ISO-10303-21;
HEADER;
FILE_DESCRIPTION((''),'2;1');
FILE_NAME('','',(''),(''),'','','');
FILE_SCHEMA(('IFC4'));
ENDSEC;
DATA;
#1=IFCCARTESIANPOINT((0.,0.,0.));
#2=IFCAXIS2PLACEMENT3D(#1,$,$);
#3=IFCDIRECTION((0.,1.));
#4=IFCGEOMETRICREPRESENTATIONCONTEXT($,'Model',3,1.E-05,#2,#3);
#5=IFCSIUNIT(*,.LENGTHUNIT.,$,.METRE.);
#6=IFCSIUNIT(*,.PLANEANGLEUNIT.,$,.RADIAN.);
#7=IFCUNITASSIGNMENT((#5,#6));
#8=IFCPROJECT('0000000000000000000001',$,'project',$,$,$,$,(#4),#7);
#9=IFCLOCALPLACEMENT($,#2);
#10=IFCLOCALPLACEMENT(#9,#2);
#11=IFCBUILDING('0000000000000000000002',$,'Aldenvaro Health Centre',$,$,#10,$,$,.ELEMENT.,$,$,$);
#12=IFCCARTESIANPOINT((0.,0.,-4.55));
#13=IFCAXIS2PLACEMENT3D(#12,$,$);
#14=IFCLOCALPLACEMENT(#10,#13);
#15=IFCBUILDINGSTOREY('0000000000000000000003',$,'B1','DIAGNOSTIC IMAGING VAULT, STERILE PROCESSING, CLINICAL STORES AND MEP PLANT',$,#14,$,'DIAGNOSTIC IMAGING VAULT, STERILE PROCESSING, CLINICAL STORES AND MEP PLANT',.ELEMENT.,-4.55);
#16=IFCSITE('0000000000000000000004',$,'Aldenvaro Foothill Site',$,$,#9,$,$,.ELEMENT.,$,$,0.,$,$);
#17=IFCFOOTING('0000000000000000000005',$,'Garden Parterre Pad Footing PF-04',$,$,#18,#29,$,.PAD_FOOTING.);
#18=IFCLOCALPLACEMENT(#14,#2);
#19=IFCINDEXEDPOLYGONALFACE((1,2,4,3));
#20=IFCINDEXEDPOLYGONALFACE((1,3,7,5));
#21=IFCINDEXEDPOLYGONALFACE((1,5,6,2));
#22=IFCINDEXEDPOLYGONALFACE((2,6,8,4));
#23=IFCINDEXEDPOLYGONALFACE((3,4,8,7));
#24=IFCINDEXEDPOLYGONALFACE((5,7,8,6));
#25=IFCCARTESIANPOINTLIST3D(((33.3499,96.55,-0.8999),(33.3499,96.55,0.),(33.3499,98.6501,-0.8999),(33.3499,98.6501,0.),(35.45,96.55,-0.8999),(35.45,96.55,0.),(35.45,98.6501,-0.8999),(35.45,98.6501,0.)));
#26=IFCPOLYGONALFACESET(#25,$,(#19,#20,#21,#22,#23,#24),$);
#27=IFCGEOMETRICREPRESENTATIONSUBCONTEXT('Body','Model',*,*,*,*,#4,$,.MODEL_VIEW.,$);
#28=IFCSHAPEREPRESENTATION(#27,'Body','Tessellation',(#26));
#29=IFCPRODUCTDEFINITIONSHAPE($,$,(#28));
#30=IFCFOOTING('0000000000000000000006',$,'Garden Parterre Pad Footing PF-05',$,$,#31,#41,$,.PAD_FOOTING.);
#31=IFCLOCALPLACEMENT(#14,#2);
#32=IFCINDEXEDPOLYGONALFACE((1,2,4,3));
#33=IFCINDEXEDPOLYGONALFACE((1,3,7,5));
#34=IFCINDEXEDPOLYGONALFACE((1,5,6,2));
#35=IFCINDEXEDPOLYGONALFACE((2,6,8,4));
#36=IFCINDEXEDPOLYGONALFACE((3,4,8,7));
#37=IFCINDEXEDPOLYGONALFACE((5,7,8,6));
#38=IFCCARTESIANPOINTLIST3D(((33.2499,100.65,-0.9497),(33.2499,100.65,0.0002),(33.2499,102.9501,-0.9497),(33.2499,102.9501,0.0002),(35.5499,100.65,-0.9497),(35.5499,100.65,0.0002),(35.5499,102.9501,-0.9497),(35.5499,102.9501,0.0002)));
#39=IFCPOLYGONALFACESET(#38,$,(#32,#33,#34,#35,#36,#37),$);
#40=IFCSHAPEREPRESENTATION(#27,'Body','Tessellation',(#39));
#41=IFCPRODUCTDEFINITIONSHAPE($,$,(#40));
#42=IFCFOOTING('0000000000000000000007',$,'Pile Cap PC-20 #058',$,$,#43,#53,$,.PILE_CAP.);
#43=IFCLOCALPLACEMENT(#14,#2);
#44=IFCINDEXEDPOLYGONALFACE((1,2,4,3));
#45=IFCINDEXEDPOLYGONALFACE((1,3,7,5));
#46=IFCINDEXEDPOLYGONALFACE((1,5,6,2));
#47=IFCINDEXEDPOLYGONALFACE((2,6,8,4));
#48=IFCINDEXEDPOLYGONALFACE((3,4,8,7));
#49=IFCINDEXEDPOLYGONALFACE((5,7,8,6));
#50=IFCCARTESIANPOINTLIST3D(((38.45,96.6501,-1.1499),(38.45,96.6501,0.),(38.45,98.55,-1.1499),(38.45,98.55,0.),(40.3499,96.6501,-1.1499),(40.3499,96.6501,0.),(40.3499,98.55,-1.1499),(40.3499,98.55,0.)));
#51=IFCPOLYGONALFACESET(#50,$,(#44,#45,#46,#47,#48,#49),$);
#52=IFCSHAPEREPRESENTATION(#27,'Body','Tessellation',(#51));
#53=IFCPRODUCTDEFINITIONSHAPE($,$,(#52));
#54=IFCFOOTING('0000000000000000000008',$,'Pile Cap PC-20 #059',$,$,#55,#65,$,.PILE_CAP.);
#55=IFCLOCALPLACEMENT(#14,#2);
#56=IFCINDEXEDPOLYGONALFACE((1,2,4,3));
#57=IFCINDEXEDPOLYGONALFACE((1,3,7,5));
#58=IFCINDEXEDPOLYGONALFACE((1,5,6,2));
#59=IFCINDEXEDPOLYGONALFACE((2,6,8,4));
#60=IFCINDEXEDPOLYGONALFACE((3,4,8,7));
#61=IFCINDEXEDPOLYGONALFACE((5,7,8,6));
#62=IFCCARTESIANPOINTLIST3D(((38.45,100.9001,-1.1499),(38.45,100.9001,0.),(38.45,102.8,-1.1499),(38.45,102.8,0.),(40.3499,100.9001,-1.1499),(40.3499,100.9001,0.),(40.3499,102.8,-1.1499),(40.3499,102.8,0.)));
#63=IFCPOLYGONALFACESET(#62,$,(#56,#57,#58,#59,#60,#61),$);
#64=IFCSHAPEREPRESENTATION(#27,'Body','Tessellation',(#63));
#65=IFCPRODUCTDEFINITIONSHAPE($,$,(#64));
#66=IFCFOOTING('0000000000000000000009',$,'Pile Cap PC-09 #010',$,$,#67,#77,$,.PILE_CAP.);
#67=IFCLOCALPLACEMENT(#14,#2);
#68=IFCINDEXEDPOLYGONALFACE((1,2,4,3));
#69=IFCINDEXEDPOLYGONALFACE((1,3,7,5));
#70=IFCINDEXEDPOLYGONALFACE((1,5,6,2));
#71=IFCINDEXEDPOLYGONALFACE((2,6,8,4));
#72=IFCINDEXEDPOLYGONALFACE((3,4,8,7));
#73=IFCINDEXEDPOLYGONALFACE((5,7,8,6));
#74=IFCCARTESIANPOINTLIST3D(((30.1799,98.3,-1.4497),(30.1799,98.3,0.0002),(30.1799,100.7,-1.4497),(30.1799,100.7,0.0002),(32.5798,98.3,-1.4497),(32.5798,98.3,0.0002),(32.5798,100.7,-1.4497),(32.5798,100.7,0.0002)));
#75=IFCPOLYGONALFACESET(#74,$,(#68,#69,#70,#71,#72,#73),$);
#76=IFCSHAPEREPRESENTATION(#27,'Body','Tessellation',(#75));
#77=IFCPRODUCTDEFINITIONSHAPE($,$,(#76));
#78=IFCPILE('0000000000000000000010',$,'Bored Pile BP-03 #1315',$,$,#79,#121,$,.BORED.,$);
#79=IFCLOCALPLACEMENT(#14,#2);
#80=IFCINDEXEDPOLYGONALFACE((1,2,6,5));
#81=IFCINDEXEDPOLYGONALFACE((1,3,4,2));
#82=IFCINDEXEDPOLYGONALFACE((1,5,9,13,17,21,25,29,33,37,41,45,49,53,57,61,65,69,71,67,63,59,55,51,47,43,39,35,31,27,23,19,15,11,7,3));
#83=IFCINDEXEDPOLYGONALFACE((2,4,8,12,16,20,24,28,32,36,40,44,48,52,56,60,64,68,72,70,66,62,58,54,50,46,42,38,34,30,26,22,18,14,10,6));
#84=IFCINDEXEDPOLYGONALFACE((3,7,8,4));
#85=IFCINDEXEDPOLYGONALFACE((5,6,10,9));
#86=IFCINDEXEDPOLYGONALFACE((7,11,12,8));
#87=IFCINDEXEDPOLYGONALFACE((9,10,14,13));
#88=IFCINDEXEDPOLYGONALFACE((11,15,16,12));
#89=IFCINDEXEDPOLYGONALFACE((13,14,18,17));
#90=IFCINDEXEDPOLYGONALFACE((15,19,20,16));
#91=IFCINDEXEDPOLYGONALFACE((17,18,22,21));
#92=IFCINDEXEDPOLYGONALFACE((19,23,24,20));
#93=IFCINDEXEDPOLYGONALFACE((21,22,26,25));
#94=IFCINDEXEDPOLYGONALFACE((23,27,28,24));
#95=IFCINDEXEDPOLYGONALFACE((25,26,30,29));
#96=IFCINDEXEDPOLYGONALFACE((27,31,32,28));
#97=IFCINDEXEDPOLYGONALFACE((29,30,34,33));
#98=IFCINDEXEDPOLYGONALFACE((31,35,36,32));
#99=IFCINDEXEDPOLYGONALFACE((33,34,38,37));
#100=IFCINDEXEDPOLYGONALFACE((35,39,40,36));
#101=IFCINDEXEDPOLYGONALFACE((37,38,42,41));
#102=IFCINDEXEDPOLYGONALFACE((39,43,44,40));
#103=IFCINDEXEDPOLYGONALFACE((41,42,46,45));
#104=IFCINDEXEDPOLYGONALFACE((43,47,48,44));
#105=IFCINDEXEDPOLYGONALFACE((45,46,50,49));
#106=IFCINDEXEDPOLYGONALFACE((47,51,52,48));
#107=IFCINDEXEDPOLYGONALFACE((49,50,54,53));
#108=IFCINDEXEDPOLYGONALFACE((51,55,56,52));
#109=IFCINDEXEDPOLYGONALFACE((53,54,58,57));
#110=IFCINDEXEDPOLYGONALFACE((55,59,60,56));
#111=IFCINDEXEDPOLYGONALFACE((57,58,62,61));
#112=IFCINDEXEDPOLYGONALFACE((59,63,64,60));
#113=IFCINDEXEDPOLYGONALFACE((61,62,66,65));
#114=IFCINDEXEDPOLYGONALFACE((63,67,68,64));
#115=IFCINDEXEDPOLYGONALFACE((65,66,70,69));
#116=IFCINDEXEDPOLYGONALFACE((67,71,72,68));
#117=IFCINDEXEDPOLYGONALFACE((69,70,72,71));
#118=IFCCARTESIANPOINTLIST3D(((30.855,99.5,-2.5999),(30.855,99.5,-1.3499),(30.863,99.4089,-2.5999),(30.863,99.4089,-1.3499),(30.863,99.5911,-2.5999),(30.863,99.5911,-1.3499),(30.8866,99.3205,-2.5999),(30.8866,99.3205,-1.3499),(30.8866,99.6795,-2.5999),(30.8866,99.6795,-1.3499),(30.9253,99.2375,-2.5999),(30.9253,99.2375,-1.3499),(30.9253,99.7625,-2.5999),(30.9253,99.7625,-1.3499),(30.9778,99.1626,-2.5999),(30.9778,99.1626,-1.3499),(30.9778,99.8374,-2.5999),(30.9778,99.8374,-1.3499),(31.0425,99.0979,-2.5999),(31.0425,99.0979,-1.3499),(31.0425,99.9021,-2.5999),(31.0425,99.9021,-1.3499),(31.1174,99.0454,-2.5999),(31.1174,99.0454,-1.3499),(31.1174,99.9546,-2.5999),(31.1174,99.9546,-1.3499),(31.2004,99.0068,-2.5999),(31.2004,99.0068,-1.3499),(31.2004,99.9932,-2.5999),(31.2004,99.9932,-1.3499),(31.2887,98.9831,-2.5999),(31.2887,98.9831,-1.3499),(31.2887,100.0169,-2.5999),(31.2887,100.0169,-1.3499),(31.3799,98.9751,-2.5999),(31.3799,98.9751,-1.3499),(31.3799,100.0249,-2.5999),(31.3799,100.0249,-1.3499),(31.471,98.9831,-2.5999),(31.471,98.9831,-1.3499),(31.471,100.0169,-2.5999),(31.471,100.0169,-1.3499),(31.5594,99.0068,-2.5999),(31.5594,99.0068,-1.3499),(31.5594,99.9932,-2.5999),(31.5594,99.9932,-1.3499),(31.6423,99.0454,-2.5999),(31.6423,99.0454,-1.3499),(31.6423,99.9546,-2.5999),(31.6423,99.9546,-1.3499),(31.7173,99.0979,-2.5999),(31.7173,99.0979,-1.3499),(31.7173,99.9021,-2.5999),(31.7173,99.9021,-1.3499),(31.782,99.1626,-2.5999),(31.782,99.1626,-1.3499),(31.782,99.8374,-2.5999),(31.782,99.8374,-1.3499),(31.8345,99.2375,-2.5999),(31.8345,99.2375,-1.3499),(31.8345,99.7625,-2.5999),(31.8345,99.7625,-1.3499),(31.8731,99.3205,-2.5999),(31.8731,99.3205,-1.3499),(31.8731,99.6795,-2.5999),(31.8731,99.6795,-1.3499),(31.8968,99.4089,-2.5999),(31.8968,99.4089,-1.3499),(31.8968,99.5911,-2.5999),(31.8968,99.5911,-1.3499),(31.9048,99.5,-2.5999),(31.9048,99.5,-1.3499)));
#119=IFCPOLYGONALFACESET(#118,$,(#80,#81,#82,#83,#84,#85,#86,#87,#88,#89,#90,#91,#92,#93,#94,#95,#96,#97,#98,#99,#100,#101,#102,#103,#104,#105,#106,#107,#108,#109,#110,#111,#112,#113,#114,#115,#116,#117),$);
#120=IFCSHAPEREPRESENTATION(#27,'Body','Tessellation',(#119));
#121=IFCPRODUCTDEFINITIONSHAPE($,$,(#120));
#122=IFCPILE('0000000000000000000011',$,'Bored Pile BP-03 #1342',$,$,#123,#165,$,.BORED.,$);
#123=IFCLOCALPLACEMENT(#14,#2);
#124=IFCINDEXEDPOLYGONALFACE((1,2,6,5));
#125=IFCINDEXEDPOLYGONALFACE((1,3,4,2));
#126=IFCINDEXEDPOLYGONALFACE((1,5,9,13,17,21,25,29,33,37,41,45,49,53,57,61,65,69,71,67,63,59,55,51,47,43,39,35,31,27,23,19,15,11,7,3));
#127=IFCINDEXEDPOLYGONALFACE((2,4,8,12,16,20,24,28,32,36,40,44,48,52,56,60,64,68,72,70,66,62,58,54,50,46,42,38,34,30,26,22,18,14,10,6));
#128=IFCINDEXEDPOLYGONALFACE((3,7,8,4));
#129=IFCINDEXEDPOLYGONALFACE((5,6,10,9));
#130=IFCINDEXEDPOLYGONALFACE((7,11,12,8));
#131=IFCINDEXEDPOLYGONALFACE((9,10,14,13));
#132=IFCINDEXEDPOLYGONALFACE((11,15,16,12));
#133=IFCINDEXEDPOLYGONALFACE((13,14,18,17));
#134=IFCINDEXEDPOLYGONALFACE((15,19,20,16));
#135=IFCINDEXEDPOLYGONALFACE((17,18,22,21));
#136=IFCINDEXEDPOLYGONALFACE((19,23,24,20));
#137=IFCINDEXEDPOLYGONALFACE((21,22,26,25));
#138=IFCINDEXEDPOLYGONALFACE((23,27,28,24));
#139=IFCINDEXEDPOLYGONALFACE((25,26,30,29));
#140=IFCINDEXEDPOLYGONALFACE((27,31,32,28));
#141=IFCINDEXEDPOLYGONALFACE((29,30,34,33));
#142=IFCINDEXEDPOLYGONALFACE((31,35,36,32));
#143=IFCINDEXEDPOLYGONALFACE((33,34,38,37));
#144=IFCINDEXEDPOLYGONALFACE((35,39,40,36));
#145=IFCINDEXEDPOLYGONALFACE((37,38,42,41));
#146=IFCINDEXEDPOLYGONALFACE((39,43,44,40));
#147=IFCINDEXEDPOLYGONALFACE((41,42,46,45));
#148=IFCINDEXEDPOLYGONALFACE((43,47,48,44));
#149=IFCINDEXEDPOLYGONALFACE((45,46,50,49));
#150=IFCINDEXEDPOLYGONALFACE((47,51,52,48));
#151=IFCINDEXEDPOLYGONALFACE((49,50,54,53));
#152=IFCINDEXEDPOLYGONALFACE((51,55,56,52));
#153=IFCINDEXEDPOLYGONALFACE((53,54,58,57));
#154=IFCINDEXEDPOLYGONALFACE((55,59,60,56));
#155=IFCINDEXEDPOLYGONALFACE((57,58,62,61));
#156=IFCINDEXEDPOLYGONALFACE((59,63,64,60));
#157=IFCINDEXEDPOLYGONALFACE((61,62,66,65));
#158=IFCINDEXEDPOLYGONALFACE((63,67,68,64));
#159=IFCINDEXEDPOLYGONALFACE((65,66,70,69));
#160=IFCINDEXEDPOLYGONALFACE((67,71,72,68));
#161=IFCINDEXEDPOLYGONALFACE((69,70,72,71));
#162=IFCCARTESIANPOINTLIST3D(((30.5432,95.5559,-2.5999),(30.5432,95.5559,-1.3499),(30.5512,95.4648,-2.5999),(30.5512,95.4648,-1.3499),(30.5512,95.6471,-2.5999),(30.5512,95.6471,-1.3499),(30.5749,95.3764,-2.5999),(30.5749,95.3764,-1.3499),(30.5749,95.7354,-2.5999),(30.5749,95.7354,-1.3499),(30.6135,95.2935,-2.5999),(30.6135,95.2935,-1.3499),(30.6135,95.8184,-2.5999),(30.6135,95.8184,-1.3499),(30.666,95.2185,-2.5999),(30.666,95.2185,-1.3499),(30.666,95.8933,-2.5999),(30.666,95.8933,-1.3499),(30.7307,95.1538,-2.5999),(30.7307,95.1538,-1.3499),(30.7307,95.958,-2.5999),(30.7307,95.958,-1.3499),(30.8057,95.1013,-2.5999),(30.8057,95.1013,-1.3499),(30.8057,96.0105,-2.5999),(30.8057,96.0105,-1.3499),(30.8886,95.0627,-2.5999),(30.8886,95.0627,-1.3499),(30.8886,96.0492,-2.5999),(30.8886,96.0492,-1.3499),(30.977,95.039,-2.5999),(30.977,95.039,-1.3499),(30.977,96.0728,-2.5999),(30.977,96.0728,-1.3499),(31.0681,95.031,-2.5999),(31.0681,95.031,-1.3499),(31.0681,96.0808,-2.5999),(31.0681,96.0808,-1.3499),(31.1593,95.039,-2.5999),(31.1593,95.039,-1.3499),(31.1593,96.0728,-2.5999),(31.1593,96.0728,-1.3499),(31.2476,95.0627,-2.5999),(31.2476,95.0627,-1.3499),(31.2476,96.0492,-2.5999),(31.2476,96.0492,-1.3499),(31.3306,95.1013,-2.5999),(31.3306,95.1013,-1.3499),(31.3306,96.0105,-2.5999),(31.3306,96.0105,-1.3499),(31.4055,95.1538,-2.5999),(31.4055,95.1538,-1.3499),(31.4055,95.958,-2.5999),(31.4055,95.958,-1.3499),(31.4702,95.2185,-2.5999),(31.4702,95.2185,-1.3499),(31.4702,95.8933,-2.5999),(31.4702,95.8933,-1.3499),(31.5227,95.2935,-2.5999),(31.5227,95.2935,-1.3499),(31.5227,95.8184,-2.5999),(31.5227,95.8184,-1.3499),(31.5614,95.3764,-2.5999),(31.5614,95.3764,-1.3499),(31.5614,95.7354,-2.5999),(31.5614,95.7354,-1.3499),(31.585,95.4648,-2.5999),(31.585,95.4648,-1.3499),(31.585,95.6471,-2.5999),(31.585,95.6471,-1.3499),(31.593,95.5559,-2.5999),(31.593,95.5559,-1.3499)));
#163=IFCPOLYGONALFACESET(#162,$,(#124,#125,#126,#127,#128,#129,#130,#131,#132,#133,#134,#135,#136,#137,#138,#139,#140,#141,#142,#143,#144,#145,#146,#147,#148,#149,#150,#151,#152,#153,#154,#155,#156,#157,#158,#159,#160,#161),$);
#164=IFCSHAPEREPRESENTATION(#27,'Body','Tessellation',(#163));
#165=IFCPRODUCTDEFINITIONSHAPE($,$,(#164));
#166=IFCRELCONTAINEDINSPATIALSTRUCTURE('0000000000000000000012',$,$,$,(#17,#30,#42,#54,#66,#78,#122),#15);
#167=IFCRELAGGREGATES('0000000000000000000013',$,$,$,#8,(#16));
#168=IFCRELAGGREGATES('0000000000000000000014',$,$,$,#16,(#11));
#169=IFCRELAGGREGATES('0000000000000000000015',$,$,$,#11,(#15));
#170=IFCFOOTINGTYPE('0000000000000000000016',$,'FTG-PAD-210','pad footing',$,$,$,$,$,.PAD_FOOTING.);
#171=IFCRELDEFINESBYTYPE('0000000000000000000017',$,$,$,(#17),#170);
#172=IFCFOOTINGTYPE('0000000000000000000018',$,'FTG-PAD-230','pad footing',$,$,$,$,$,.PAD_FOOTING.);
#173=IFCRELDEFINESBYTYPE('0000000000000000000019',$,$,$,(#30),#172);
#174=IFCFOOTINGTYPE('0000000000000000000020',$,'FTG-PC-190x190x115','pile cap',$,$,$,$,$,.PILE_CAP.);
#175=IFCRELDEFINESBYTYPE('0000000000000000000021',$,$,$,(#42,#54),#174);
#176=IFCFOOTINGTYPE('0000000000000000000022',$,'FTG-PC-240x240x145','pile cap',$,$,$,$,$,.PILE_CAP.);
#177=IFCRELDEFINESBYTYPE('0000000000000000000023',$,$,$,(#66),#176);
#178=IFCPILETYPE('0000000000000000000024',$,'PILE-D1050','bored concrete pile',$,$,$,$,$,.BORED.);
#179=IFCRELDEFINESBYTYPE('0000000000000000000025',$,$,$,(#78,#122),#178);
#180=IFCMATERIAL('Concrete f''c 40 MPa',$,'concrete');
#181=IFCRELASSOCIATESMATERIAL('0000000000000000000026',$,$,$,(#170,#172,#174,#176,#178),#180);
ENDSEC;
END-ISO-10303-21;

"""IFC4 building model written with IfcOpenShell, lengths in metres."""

from ifc_helpers import new_model, si_unit, direction, frame, origin, origin_2d, place, context, subcontext, project, spatial, rectangle, circle, extrude, material, material_profile, profile_set, type_object, element, save


model = new_model("IFC4")

# Units and contexts
model_context = context("Model", 3, precision=1e-05, world=origin(), true_north=direction((0.0, 1.0)))
body_context = subcontext(model_context, "Body", "Model", "MODEL_VIEW")
ifc_project = project(units=[si_unit("LENGTHUNIT", "METRE"), si_unit("PLANEANGLEUNIT", "RADIAN")], contexts=[model_context])

# Site, building, storey
site_placement = place(None, origin())
site = spatial("IfcSite", under=ifc_project, at=site_placement, Name="Aldenvaro Foothill Site", CompositionType="ELEMENT", RefElevation=0.0)
building_placement = place(site_placement, origin())
building = spatial("IfcBuilding", under=site, at=building_placement, Name="Aldenvaro Health Centre", CompositionType="ELEMENT")
storey_placement = place(building_placement, frame((0.0, 0.0, -4.55)))
storey = spatial("IfcBuildingStorey", under=building, at=storey_placement, Name="B1", Description="DIAGNOSTIC IMAGING VAULT, STERILE PROCESSING, CLINICAL STORES AND MEP PLANT", LongName="DIAGNOSTIC IMAGING VAULT, STERILE PROCESSING, CLINICAL STORES AND MEP PLANT", CompositionType="ELEMENT", Elevation=-4.55)

# Footings
ifc_material_1 = material(Name="Concrete f'c 40 MPa", Category="concrete")
footing_type_1 = type_object("IfcFootingType", Name="FTG-PAD-210", Description="pad footing", PredefinedType="PAD_FOOTING", material=ifc_material_1)
footing_1_placement = place(storey_placement, frame((34.3999, 97.6001, -0.8999), z_axis=(0.0, 0.0, 1.0), x_axis=(1.0, 0.0, 0.0)))
element("IfcFooting", 1, at=footing_1_placement, inside=storey, type_object=footing_type_1, Name="Garden Parterre Pad Footing PF-04", PredefinedType="PAD_FOOTING", context=body_context, shape_type="SweptSolid", body=[
    extrude(rectangle(XDim=2.1001, YDim=2.1001, at=origin_2d()), origin(), (0.0, 0.0, 1.0), 0.8999),
])
footing_type_2 = type_object("IfcFootingType", Name="FTG-PAD-230", Description="pad footing", PredefinedType="PAD_FOOTING", material=ifc_material_1)
footing_2_placement = place(storey_placement, frame((34.3999, 101.8, -0.9497), z_axis=(0.0, 0.0, 1.0), x_axis=(1.0, 0.0, 0.0)))
element("IfcFooting", 2, at=footing_2_placement, inside=storey, type_object=footing_type_2, Name="Garden Parterre Pad Footing PF-05", PredefinedType="PAD_FOOTING", context=body_context, shape_type="SweptSolid", body=[
    extrude(rectangle(XDim=2.3, YDim=2.3, at=origin_2d()), origin(), (0.0, 0.0, 1.0), 0.95),
])
footing_type_3 = type_object("IfcFootingType", Name="FTG-PC-190x190x115", Description="pile cap", PredefinedType="PILE_CAP", material=ifc_material_1)
for number, where, z_axis, x_axis, name in (
    (3, (39.3999, 97.6001, -1.1499), (0.0, 0.0, 1.0), (1.0, 0.0, 0.0), "Pile Cap PC-20 #058"),
    (4, (39.3999, 101.8501, -1.1499), (0.0, 0.0, 1.0), (1.0, 0.0, 0.0), "Pile Cap PC-20 #059"),
):
    element("IfcFooting", number, at=place(storey_placement, frame(where, z_axis=z_axis, x_axis=x_axis)), inside=storey, type_object=footing_type_3, Name=name, PredefinedType="PILE_CAP", context=body_context, shape_type="SweptSolid", body=[
        extrude(rectangle(XDim=1.8999, YDim=1.8999, at=origin_2d()), origin(), (0.0, 0.0, 1.0), 1.1499),
    ])
footing_type_4 = type_object("IfcFootingType", Name="FTG-PC-240x240x145", Description="pile cap", PredefinedType="PILE_CAP", material=ifc_material_1)
footing_3_placement = place(storey_placement, frame((31.3799, 99.5, -1.4497), z_axis=(0.0, 0.0, 1.0), x_axis=(1.0, 0.0, 0.0)))
element("IfcFooting", 5, at=footing_3_placement, inside=storey, type_object=footing_type_4, Name="Pile Cap PC-09 #010", PredefinedType="PILE_CAP", context=body_context, shape_type="SweptSolid", body=[
    extrude(rectangle(XDim=2.3999, YDim=2.3999, at=origin_2d()), origin(), (0.0, 0.0, 1.0), 1.45),
])

# Piles
ifc_material_profile_1 = material_profile(ifc_material_1, circle(Radius=0.5249, at=origin_2d()), Name="PILE D1050", Category="concrete")
ifc_profile_set_1 = profile_set([ifc_material_profile_1], Name="Concrete f'c 40 MPa")
pile_type_1 = type_object("IfcPileType", Name="PILE-D1050", Description="bored concrete pile", PredefinedType="BORED", material=ifc_profile_set_1)
for number, where, z_axis, x_axis, name in (
    (6, (31.3799, 99.5, -1.3499), (0.0, 0.0, -1.0), (1.0, 0.0, 0.0), "Bored Pile BP-03 #1315"),
    (7, (31.0681, 95.5559, -1.3499), (0.0, 0.0, -1.0), (1.0, 0.0, 0.0), "Bored Pile BP-03 #1342"),
):
    element("IfcPile", number, at=place(storey_placement, frame(where, z_axis=z_axis, x_axis=x_axis)), inside=storey, type_object=pile_type_1, Name=name, PredefinedType="BORED", context=body_context, shape_type="SweptSolid", body=[
        extrude(circle(Radius=0.5249, at=origin_2d()), origin(), (0.0, 0.0, 1.0), 1.25),
    ])

save(model, "model.ifc")
